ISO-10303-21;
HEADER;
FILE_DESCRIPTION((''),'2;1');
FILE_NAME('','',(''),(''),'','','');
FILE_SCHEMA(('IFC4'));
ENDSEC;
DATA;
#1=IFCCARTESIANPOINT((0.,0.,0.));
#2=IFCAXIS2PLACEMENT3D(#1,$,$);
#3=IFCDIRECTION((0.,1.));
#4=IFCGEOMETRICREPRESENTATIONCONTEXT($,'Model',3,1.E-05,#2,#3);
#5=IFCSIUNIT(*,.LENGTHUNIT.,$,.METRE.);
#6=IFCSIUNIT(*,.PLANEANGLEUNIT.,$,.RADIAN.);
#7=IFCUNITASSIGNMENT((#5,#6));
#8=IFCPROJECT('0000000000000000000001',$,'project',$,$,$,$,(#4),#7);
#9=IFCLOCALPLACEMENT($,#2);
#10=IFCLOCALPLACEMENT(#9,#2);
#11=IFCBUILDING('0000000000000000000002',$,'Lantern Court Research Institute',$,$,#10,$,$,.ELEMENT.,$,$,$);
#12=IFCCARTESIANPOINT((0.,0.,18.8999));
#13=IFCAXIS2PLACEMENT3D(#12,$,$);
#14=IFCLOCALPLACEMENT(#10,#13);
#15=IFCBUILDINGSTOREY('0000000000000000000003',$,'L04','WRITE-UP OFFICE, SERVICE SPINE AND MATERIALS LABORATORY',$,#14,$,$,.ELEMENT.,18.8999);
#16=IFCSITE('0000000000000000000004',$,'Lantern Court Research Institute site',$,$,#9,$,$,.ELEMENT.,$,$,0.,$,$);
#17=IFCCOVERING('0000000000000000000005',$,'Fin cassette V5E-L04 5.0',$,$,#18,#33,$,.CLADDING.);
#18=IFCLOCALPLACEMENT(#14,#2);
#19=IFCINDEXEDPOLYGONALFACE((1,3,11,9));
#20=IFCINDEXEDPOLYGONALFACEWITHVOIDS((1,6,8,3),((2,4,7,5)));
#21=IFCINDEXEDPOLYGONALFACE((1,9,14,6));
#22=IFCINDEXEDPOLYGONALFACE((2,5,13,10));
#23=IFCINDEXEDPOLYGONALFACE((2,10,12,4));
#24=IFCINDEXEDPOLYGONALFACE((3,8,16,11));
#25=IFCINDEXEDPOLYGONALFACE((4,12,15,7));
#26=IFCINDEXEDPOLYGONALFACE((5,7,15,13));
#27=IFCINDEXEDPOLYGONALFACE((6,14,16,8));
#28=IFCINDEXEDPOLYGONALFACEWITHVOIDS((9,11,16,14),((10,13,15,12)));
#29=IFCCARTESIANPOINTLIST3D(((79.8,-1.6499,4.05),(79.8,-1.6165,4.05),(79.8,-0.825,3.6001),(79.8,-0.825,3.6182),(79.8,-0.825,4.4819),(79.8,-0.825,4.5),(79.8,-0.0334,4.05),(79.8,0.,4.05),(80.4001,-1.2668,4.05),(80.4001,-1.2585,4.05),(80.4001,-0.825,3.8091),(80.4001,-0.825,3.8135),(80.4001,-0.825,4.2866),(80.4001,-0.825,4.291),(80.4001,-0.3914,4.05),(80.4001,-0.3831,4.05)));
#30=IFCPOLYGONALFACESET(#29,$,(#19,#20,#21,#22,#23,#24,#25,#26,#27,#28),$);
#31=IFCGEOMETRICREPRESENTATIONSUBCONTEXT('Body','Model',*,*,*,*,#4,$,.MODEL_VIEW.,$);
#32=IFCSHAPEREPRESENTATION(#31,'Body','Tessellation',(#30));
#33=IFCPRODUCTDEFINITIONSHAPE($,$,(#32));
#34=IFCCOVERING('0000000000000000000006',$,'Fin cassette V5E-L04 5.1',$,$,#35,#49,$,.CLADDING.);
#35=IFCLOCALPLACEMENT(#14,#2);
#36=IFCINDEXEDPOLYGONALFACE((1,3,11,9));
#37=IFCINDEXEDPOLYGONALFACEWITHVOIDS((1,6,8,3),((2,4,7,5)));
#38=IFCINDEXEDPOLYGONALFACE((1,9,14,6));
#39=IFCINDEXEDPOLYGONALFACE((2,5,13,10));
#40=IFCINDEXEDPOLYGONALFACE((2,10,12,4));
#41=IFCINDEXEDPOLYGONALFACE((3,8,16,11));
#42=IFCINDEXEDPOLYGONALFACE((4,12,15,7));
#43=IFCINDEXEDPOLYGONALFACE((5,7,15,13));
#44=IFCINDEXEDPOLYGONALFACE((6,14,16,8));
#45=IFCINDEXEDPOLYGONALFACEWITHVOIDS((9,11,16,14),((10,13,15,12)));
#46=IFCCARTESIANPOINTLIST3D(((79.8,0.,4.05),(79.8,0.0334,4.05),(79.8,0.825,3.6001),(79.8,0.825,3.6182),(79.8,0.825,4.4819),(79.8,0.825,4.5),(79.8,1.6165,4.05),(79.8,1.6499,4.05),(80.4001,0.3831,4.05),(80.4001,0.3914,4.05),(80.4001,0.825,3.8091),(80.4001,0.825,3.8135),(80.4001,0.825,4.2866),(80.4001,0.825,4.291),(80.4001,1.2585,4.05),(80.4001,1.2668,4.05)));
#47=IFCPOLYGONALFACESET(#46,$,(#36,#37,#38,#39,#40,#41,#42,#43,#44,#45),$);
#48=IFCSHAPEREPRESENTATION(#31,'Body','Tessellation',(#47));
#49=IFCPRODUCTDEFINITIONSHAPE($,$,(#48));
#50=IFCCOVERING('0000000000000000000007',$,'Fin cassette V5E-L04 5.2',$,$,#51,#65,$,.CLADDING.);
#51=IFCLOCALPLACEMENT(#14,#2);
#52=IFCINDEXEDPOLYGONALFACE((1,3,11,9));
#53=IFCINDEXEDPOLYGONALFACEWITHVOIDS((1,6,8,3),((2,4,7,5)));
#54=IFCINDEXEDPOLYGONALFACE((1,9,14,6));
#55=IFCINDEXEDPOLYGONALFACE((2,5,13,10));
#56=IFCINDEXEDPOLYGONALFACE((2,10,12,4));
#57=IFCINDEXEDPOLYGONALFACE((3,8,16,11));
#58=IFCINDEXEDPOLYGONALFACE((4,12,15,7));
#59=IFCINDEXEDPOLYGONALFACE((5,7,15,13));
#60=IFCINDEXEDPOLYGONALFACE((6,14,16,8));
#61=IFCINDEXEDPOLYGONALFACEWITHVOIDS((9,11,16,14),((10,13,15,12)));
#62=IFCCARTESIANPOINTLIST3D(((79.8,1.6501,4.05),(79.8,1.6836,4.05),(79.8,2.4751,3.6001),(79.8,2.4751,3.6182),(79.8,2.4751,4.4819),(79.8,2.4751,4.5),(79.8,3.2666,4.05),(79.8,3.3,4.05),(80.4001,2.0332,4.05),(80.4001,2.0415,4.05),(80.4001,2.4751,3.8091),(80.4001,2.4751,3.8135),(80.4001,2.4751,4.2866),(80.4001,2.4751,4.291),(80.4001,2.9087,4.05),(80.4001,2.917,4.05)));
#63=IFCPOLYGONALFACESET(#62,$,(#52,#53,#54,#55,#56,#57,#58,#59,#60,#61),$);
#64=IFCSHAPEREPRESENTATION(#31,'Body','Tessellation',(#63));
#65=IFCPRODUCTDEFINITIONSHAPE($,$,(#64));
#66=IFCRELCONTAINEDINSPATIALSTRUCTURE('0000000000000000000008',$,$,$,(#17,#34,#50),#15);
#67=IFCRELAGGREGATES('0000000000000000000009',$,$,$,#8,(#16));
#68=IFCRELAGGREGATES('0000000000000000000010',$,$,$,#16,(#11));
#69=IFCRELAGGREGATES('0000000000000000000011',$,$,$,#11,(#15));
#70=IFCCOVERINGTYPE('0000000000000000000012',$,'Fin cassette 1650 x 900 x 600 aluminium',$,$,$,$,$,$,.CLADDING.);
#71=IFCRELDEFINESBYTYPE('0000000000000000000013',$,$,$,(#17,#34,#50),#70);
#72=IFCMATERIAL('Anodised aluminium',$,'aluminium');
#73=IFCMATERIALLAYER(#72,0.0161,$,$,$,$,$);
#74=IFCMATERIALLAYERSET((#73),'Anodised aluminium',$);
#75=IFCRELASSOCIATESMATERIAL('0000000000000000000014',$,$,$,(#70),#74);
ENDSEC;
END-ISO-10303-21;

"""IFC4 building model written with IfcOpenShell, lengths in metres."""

from ifc_helpers import new_model, entity, si_unit, direction, frame, origin, place, context, subcontext, project, spatial, material, layer, layer_set, type_object, element, save


model = new_model("IFC4")

# Units and contexts
model_context = context("Model", 3, precision=1e-05, world=origin(), true_north=direction((0.0, 1.0)))
body_context = subcontext(model_context, "Body", "Model", "MODEL_VIEW")
ifc_project = project(units=[si_unit("LENGTHUNIT", "METRE"), si_unit("PLANEANGLEUNIT", "RADIAN")], contexts=[model_context])

# Site, building, storey
site_placement = place(None, origin())
site = spatial("IfcSite", under=ifc_project, at=site_placement, Name="Lantern Court Research Institute site", CompositionType="ELEMENT", RefElevation=0.0)
building_placement = place(site_placement, origin())
building = spatial("IfcBuilding", under=site, at=building_placement, Name="Lantern Court Research Institute", CompositionType="ELEMENT")
storey_placement = place(building_placement, frame((0.0, 0.0, 18.8999)))
storey = spatial("IfcBuildingStorey", under=building, at=storey_placement, Name="L04", Description="WRITE-UP OFFICE, SERVICE SPINE AND MATERIALS LABORATORY", CompositionType="ELEMENT", Elevation=18.8999)

# Coverings
ifc_material_1 = material(Name="Anodised aluminium", Category="aluminium")
ifc_layer = layer(ifc_material_1, 0.0161)
ifc_layer_set = layer_set([ifc_layer], Name="Anodised aluminium")
covering_type = type_object("IfcCoveringType", Name="Fin cassette 1650 x 900 x 600 aluminium", PredefinedType="CLADDING", material=ifc_layer_set)
covering_1_placement = place(storey_placement, frame((79.8, -0.825, 4.05), z_axis=(1.0, 0.0, 0.0), x_axis=(0.0, 1.0, 0.0)))
cartesian_point_1 = entity("IfcCartesianPoint", [0.825, 0.0])
cartesian_point_2 = entity("IfcCartesianPoint", [0.7915, 0.0])
cartesian_point_3 = entity("IfcCartesianPoint", [0.4419, 0.0])
cartesian_point_4 = entity("IfcCartesianPoint", [0.4336, 0.0])
element("IfcCovering", 1, at=covering_1_placement, inside=storey, type_object=covering_type, Name="Fin cassette V5E-L04 5.0", PredefinedType="CLADDING", context=body_context, shape_type="SweptSolid", body=[
    entity("IfcExtrudedAreaSolidTapered", entity("IfcArbitraryProfileDefWithVoids", "AREA", None, entity("IfcPolyline", [cartesian_point_1, entity("IfcCartesianPoint", [0.0, 0.45]), entity("IfcCartesianPoint", [-0.825, 0.0]), entity("IfcCartesianPoint", [0.0, -0.45]), cartesian_point_1]), [entity("IfcPolyline", [cartesian_point_2, entity("IfcCartesianPoint", [0.0, 0.4319]), entity("IfcCartesianPoint", [-0.7915, 0.0]), entity("IfcCartesianPoint", [0.0, -0.4319]), cartesian_point_2])]), entity("IfcAxis2Placement3D", entity("IfcCartesianPoint", [0.0, 0.0, 0.0])), entity("IfcDirection", [0.0, 0.0, 1.0]), 0.6001, entity("IfcArbitraryProfileDefWithVoids", "AREA", None, entity("IfcPolyline", [cartesian_point_3, entity("IfcCartesianPoint", [0.0, 0.241]), entity("IfcCartesianPoint", [-0.4419, 0.0]), entity("IfcCartesianPoint", [0.0, -0.241]), cartesian_point_3]), [entity("IfcPolyline", [cartesian_point_4, entity("IfcCartesianPoint", [0.0, 0.2366]), entity("IfcCartesianPoint", [-0.4336, 0.0]), entity("IfcCartesianPoint", [0.0, -0.2366]), cartesian_point_4])])),
])
covering_2_placement = place(storey_placement, frame((79.8, 0.825, 4.05), z_axis=(1.0, 0.0, 0.0), x_axis=(0.0, 1.0, 0.0)))
cartesian_point_5 = entity("IfcCartesianPoint", [0.825, 0.0])
cartesian_point_6 = entity("IfcCartesianPoint", [0.7915, 0.0])
cartesian_point_7 = entity("IfcCartesianPoint", [0.4419, 0.0])
cartesian_point_8 = entity("IfcCartesianPoint", [0.4336, 0.0])
element("IfcCovering", 2, at=covering_2_placement, inside=storey, type_object=covering_type, Name="Fin cassette V5E-L04 5.1", PredefinedType="CLADDING", context=body_context, shape_type="SweptSolid", body=[
    entity("IfcExtrudedAreaSolidTapered", entity("IfcArbitraryProfileDefWithVoids", "AREA", None, entity("IfcPolyline", [cartesian_point_5, entity("IfcCartesianPoint", [0.0, 0.45]), entity("IfcCartesianPoint", [-0.825, 0.0]), entity("IfcCartesianPoint", [0.0, -0.45]), cartesian_point_5]), [entity("IfcPolyline", [cartesian_point_6, entity("IfcCartesianPoint", [0.0, 0.4319]), entity("IfcCartesianPoint", [-0.7915, 0.0]), entity("IfcCartesianPoint", [0.0, -0.4319]), cartesian_point_6])]), entity("IfcAxis2Placement3D", entity("IfcCartesianPoint", [0.0, 0.0, 0.0])), entity("IfcDirection", [0.0, 0.0, 1.0]), 0.6001, entity("IfcArbitraryProfileDefWithVoids", "AREA", None, entity("IfcPolyline", [cartesian_point_7, entity("IfcCartesianPoint", [0.0, 0.241]), entity("IfcCartesianPoint", [-0.4419, 0.0]), entity("IfcCartesianPoint", [0.0, -0.241]), cartesian_point_7]), [entity("IfcPolyline", [cartesian_point_8, entity("IfcCartesianPoint", [0.0, 0.2366]), entity("IfcCartesianPoint", [-0.4336, 0.0]), entity("IfcCartesianPoint", [0.0, -0.2366]), cartesian_point_8])])),
])
covering_3_placement = place(storey_placement, frame((79.8, 2.4751, 4.05), z_axis=(1.0, 0.0, 0.0), x_axis=(0.0, 1.0, 0.0)))
cartesian_point_9 = entity("IfcCartesianPoint", [0.825, 0.0])
cartesian_point_10 = entity("IfcCartesianPoint", [0.7915, 0.0])
cartesian_point_11 = entity("IfcCartesianPoint", [0.4419, 0.0])
cartesian_point_12 = entity("IfcCartesianPoint", [0.4336, 0.0])
element("IfcCovering", 3, at=covering_3_placement, inside=storey, type_object=covering_type, Name="Fin cassette V5E-L04 5.2", PredefinedType="CLADDING", context=body_context, shape_type="SweptSolid", body=[
    entity("IfcExtrudedAreaSolidTapered", entity("IfcArbitraryProfileDefWithVoids", "AREA", None, entity("IfcPolyline", [cartesian_point_9, entity("IfcCartesianPoint", [0.0, 0.45]), entity("IfcCartesianPoint", [-0.825, 0.0]), entity("IfcCartesianPoint", [0.0, -0.45]), cartesian_point_9]), [entity("IfcPolyline", [cartesian_point_10, entity("IfcCartesianPoint", [0.0, 0.4319]), entity("IfcCartesianPoint", [-0.7915, 0.0]), entity("IfcCartesianPoint", [0.0, -0.4319]), cartesian_point_10])]), entity("IfcAxis2Placement3D", entity("IfcCartesianPoint", [0.0, 0.0, 0.0])), entity("IfcDirection", [0.0, 0.0, 1.0]), 0.6001, entity("IfcArbitraryProfileDefWithVoids", "AREA", None, entity("IfcPolyline", [cartesian_point_11, entity("IfcCartesianPoint", [0.0, 0.241]), entity("IfcCartesianPoint", [-0.4419, 0.0]), entity("IfcCartesianPoint", [0.0, -0.241]), cartesian_point_11]), [entity("IfcPolyline", [cartesian_point_12, entity("IfcCartesianPoint", [0.0, 0.2366]), entity("IfcCartesianPoint", [-0.4336, 0.0]), entity("IfcCartesianPoint", [0.0, -0.2366]), cartesian_point_12])])),
])

save(model, "model.ifc")
